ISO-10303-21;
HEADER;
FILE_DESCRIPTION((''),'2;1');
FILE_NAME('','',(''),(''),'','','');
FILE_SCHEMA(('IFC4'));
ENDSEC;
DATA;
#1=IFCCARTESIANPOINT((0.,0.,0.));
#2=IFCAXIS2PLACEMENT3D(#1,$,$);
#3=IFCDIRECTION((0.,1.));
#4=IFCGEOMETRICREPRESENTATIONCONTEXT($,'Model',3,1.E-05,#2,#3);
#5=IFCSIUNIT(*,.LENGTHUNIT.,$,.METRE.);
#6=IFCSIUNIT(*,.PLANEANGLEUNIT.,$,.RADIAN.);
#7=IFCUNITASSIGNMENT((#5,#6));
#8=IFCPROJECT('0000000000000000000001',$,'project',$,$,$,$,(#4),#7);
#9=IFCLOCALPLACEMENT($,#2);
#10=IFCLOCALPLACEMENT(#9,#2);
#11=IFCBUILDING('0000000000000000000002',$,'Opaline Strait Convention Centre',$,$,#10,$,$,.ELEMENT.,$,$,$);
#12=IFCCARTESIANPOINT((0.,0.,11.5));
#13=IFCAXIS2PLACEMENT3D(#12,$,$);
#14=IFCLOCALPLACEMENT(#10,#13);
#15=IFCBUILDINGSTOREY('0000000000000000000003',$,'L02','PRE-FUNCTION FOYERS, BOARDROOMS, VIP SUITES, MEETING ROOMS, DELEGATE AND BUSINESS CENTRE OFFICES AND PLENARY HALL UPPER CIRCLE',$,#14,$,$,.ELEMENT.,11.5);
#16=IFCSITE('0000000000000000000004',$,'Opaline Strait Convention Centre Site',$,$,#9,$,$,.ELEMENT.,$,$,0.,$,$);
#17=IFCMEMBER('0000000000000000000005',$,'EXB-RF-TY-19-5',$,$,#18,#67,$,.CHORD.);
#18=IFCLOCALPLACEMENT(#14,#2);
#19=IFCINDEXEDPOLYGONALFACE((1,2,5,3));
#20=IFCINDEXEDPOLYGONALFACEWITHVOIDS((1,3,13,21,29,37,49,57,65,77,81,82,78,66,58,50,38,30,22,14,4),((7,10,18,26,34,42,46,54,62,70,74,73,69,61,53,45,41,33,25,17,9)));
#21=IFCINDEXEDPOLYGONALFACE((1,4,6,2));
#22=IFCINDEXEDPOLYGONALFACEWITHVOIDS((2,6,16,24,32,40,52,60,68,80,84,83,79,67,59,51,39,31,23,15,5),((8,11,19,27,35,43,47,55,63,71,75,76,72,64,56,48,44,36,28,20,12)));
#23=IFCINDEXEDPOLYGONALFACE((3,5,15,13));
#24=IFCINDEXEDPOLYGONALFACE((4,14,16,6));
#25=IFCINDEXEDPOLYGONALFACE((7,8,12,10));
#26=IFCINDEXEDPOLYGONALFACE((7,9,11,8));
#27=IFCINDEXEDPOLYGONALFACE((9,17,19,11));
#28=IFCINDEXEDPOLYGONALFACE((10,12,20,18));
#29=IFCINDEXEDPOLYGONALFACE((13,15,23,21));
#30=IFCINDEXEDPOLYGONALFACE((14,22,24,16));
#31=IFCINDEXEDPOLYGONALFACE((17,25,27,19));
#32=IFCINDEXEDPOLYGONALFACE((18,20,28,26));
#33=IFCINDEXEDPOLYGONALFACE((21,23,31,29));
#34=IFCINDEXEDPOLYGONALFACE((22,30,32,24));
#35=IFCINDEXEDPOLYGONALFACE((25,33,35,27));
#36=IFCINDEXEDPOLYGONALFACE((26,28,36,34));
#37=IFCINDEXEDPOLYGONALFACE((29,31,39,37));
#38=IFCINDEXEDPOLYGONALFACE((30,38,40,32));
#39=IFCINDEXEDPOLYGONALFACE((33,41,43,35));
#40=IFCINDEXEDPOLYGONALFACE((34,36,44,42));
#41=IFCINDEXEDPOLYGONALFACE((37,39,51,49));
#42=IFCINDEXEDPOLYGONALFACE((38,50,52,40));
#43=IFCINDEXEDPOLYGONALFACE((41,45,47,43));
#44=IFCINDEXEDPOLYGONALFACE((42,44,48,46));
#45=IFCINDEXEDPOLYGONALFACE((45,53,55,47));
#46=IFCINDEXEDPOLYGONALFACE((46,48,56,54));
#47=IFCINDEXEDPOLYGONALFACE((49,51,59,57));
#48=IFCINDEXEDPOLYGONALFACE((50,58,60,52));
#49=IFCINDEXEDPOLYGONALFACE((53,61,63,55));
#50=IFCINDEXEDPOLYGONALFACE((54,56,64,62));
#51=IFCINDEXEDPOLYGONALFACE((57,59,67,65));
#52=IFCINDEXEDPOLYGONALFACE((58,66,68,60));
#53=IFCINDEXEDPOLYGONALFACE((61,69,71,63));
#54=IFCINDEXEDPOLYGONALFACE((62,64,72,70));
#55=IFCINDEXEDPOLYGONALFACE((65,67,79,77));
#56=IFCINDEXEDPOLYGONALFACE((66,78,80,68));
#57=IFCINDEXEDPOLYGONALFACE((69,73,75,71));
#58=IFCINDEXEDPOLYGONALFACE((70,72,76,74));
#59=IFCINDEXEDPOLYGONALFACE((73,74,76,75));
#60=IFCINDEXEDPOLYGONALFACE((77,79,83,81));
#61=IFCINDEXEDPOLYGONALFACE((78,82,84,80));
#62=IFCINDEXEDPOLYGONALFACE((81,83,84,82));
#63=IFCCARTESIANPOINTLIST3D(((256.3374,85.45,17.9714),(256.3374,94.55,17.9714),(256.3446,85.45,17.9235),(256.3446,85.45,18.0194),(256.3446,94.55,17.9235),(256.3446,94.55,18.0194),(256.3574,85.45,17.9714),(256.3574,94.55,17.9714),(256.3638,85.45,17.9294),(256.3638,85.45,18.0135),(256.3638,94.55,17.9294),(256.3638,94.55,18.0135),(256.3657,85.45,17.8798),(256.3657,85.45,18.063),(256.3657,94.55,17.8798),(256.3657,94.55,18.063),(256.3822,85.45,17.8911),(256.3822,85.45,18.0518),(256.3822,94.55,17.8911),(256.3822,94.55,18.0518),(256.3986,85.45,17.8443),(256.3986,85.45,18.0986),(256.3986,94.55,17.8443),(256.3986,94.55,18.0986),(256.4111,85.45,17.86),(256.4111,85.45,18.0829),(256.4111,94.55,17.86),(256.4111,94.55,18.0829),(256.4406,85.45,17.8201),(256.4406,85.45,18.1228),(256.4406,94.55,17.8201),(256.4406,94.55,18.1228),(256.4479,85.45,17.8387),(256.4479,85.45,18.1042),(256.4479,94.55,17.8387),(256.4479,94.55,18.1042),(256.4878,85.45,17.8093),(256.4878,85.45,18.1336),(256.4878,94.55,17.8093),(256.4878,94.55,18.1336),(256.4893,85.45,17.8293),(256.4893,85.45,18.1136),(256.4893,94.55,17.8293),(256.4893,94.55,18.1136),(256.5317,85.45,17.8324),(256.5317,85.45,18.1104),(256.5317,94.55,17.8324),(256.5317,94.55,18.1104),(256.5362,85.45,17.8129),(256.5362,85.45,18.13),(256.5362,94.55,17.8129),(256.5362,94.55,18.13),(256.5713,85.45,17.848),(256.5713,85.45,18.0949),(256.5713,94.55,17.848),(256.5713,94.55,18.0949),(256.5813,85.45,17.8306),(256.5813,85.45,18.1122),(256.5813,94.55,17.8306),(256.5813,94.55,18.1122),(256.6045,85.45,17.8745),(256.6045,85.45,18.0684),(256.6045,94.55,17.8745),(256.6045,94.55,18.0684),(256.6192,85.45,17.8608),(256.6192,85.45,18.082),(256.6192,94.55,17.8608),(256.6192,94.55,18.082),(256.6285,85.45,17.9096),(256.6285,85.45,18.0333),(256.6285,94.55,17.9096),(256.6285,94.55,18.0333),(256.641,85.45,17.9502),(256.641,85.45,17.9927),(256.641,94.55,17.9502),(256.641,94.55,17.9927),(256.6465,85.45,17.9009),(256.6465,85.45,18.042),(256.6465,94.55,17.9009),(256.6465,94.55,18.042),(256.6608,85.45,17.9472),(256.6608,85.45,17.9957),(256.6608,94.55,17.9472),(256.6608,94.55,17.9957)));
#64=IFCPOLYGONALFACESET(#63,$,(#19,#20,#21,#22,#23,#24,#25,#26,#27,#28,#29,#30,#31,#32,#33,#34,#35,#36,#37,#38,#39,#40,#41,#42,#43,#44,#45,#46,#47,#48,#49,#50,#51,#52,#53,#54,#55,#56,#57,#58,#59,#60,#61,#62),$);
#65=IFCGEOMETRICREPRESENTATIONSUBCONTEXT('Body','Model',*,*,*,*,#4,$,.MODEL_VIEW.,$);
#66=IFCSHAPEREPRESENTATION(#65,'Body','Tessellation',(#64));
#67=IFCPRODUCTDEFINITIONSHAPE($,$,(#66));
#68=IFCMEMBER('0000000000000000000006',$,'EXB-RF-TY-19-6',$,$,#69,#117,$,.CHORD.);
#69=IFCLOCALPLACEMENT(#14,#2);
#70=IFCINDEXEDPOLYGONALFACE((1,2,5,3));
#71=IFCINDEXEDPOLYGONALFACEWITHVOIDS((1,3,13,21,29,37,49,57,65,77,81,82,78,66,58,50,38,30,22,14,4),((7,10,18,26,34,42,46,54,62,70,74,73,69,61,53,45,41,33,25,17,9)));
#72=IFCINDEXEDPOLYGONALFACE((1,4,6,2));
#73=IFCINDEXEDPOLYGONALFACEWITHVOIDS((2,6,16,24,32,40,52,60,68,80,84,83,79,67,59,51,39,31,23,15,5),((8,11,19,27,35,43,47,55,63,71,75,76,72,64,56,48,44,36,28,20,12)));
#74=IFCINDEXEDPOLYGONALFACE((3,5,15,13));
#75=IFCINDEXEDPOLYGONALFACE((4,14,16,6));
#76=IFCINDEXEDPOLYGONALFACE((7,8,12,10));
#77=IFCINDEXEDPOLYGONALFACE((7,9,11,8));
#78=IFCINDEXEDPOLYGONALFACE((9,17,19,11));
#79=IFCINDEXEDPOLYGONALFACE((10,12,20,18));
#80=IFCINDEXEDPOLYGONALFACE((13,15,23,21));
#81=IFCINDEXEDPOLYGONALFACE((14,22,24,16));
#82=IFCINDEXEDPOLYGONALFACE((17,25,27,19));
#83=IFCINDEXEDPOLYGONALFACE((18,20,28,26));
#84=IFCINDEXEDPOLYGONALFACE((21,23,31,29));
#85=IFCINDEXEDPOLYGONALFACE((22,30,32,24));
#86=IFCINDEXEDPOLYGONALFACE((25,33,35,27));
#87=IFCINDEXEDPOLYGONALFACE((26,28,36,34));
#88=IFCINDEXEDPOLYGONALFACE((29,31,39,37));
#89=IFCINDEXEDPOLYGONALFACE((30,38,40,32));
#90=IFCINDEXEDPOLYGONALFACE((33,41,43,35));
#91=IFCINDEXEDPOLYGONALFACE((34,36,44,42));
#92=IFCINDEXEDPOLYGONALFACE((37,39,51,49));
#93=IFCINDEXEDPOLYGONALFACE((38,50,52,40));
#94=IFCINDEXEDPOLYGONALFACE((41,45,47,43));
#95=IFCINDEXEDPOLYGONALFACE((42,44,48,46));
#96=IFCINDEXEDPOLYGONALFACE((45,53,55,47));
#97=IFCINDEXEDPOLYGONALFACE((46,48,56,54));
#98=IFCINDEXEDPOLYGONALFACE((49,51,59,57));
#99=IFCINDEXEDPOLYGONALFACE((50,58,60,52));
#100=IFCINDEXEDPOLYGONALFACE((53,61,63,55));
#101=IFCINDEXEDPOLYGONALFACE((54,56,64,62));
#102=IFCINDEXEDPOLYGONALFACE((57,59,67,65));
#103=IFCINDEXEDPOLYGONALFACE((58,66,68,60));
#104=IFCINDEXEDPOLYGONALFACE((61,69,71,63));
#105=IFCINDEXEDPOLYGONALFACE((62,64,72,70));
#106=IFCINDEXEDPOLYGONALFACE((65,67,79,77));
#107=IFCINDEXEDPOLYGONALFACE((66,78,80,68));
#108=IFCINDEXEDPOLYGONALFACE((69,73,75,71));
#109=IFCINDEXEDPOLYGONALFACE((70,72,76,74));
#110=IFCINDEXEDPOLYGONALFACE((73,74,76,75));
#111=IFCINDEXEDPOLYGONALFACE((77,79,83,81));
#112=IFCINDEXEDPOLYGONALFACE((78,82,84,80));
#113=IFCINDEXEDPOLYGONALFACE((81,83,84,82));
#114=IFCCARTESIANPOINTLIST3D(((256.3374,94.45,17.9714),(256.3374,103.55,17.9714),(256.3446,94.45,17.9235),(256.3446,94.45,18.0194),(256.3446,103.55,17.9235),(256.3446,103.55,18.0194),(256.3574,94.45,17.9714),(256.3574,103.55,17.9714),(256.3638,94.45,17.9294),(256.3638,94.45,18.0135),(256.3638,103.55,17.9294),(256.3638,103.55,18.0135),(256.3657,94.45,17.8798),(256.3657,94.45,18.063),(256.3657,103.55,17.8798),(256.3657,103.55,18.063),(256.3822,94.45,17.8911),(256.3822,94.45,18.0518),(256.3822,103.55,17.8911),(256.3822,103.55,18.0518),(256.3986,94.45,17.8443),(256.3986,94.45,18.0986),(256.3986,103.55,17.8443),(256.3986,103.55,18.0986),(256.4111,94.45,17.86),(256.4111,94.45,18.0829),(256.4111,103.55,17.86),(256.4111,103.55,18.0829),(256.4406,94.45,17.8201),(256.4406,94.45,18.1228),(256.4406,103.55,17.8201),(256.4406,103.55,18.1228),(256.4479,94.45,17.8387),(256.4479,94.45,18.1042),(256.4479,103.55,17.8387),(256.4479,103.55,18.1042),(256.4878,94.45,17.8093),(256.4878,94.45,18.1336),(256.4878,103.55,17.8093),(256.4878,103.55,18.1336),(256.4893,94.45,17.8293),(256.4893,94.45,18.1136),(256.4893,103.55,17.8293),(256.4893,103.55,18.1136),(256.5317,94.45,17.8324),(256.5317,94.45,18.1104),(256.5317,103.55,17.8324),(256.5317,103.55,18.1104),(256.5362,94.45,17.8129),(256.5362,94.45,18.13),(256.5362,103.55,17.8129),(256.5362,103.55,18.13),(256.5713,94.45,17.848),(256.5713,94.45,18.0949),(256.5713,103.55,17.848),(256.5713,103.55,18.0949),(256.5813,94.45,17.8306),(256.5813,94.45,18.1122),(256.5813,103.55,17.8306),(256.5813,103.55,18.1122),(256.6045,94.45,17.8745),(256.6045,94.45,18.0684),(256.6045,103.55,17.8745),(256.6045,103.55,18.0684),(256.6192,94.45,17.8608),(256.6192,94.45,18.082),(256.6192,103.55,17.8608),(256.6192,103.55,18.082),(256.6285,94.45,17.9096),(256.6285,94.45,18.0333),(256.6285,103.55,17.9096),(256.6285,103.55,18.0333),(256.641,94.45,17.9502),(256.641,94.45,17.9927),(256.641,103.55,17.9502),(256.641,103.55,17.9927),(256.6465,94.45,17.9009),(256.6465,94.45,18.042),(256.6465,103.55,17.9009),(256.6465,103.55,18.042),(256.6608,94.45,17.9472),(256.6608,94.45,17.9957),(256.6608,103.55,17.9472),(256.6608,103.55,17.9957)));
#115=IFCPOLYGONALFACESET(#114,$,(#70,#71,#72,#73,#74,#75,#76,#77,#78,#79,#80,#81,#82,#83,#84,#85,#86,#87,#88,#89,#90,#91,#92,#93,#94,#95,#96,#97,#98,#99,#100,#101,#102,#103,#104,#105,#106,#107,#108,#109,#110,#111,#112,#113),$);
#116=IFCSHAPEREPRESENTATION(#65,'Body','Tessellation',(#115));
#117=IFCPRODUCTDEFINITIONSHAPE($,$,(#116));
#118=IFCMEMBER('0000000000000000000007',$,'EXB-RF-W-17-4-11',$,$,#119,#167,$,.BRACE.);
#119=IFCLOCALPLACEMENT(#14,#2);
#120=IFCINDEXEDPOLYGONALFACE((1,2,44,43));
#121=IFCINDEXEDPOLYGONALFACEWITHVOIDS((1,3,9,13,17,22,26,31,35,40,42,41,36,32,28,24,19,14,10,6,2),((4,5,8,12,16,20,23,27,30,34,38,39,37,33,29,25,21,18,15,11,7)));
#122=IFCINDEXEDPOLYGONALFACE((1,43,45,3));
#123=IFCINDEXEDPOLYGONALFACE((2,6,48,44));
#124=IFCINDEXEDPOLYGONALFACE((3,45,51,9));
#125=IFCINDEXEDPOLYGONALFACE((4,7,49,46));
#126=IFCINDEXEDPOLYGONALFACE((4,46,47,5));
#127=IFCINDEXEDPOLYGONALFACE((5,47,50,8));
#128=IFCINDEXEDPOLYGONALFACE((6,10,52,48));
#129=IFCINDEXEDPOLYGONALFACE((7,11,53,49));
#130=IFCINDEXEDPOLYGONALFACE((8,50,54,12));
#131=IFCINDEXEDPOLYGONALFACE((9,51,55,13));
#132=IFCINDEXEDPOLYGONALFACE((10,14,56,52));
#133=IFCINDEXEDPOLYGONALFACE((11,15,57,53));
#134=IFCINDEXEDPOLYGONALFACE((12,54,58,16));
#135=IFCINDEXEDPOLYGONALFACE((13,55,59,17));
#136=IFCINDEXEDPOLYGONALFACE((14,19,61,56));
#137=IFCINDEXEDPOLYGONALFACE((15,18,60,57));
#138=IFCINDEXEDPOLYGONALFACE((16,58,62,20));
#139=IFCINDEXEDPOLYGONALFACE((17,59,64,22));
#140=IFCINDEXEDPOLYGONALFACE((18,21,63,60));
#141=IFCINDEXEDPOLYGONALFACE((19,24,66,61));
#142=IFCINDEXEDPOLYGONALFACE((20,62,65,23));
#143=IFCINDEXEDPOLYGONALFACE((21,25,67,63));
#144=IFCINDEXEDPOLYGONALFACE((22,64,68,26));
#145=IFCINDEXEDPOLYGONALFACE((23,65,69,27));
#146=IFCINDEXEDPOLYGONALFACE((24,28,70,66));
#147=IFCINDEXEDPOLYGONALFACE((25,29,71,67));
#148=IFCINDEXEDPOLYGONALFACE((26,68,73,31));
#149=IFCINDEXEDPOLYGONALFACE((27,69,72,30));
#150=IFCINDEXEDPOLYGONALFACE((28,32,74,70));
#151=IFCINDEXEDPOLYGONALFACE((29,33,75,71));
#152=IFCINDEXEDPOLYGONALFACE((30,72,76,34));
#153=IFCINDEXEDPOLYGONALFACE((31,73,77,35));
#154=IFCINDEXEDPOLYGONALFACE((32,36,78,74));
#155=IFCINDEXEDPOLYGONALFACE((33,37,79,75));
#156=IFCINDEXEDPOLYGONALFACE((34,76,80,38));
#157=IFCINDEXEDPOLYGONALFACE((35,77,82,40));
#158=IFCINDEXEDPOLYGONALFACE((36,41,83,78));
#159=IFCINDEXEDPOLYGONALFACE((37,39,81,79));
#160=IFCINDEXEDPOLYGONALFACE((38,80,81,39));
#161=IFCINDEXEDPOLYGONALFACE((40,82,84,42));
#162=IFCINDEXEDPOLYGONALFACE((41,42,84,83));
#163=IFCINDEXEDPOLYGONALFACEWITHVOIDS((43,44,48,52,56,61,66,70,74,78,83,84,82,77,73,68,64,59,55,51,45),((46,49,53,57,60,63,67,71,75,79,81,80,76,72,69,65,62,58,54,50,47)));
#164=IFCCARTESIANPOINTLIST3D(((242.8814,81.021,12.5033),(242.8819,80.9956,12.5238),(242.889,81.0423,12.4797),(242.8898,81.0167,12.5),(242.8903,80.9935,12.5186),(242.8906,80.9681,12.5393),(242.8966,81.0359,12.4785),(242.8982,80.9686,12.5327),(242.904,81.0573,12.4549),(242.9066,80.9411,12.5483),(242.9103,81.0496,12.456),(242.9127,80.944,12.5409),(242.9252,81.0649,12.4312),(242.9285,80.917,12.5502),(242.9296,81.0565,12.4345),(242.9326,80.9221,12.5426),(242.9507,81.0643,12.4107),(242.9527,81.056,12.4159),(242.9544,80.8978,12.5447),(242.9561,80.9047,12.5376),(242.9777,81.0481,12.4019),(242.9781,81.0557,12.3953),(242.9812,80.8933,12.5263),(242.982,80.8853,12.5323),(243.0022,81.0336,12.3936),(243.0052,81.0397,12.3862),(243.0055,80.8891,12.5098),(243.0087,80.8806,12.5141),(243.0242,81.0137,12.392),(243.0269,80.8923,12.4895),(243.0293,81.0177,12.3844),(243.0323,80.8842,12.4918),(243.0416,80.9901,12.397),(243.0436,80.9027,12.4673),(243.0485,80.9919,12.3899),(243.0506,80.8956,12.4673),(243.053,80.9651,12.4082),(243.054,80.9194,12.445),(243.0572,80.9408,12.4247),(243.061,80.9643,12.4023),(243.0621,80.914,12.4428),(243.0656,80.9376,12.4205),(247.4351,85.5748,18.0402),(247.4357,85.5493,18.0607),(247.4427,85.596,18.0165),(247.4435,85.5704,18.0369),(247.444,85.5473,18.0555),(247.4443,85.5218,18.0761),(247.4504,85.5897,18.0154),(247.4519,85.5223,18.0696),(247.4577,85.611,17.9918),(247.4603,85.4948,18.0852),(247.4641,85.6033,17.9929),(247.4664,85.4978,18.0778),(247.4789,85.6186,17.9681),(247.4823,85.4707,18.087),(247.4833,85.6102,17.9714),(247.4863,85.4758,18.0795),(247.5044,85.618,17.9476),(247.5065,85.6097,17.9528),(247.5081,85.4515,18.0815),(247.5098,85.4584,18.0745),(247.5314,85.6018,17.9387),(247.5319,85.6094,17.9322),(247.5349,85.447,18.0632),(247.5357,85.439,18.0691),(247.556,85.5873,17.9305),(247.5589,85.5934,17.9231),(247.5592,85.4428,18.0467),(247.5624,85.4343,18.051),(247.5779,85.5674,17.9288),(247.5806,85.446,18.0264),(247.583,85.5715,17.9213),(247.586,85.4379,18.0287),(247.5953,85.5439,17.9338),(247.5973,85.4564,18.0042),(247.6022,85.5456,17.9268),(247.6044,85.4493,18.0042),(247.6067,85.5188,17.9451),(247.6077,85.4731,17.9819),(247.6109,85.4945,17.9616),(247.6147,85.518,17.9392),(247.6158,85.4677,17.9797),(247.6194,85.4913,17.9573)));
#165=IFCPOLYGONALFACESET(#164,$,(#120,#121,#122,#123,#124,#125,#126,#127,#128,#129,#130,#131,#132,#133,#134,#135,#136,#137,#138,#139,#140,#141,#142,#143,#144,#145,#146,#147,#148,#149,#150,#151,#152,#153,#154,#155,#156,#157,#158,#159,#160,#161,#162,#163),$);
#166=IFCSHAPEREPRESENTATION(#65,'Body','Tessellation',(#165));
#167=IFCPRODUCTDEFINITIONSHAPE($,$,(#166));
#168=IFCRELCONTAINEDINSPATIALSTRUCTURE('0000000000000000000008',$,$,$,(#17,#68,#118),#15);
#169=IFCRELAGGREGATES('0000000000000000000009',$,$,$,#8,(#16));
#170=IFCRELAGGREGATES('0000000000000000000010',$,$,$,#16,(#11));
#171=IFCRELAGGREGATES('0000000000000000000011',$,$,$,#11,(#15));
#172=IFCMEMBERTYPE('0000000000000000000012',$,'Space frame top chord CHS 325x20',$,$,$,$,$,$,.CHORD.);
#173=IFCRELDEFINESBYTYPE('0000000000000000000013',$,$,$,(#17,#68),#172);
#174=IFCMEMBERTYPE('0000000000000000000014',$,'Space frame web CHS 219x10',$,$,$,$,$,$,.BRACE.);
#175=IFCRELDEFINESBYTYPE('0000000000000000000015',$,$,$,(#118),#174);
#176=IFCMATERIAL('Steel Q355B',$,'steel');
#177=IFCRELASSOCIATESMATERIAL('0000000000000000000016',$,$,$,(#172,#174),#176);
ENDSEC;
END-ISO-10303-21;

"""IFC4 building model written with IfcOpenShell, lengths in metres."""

from ifc_helpers import new_model, si_unit, direction, frame, origin, origin_2d, place, context, subcontext, project, spatial, hollow_circle, extrude, material, material_profile, profile_set, type_object, element, save


model = new_model("IFC4")

# Units and contexts
model_context = context("Model", 3, precision=1e-05, world=origin(), true_north=direction((0.0, 1.0)))
body_context = subcontext(model_context, "Body", "Model", "MODEL_VIEW")
ifc_project = project(units=[si_unit("LENGTHUNIT", "METRE"), si_unit("PLANEANGLEUNIT", "RADIAN")], contexts=[model_context])

# Site, building, storey
site_placement = place(None, origin())
site = spatial("IfcSite", under=ifc_project, at=site_placement, Name="Opaline Strait Convention Centre Site", CompositionType="ELEMENT", RefElevation=0.0)
building_placement = place(site_placement, origin())
building = spatial("IfcBuilding", under=site, at=building_placement, Name="Opaline Strait Convention Centre", CompositionType="ELEMENT")
storey_placement = place(building_placement, frame((0.0, 0.0, 11.5)))
storey = spatial("IfcBuildingStorey", under=building, at=storey_placement, Name="L02", Description="PRE-FUNCTION FOYERS, BOARDROOMS, VIP SUITES, MEETING ROOMS, DELEGATE AND BUSINESS CENTRE OFFICES AND PLENARY HALL UPPER CIRCLE", CompositionType="ELEMENT", Elevation=11.5)

# Members
ifc_material = material(Name="Steel Q355B", Category="steel")
ifc_material_profile_1 = material_profile(ifc_material, hollow_circle(Radius=0.1626, WallThickness=0.02, at=origin_2d()), Name="CHS 325x20")
ifc_profile_set_1 = profile_set([ifc_material_profile_1], Name="Steel Q355B")
member_type_1 = type_object("IfcMemberType", Name="Space frame top chord CHS 325x20", PredefinedType="CHORD", material=ifc_profile_set_1)
for number, where, z_axis, x_axis, name in (
    (1, (256.5, 85.45, 17.9714), (0.0, 1.0, 0.0), (-1.0, 0.0, 0.0), "EXB-RF-TY-19-5"),
    (2, (256.5, 94.45, 17.9714), (0.0, 1.0, 0.0), (-1.0, 0.0, 0.0), "EXB-RF-TY-19-6"),
):
    element("IfcMember", number, at=place(storey_placement, frame(where, z_axis=z_axis, x_axis=x_axis)), inside=storey, type_object=member_type_1, Name=name, PredefinedType="CHORD", context=body_context, shape_type="SweptSolid", body=[
        extrude(hollow_circle(Radius=0.1626, WallThickness=0.02, at=origin_2d()), origin(), (0.0, 0.0, 1.0), 9.1001),
    ])
ifc_material_profile_2 = material_profile(ifc_material, hollow_circle(Radius=0.1096, WallThickness=0.01, at=origin_2d()), Name="CHS 219x10")
ifc_profile_set_2 = profile_set([ifc_material_profile_2], Name="Steel Q355B")
member_type_2 = type_object("IfcMemberType", Name="Space frame web CHS 219x10", PredefinedType="BRACE", material=ifc_profile_set_2)
for number, where, z_axis, x_axis, name in (
    (3, (247.5269, 85.5269, 18.0042), (-0.536178, -0.536178, -0.65194), (0.707107, -0.707107, 0.0), "EXB-RF-W-17-4-11"),
):
    element("IfcMember", number, at=place(storey_placement, frame(where, z_axis=z_axis, x_axis=x_axis)), inside=storey, type_object=member_type_2, Name=name, PredefinedType="BRACE", context=body_context, shape_type="SweptSolid", body=[
        extrude(hollow_circle(Radius=0.1096, WallThickness=0.01, at=origin_2d()), origin(), (0.0, 0.0, 1.0), 8.4929),
    ])

save(model, "model.ifc")
